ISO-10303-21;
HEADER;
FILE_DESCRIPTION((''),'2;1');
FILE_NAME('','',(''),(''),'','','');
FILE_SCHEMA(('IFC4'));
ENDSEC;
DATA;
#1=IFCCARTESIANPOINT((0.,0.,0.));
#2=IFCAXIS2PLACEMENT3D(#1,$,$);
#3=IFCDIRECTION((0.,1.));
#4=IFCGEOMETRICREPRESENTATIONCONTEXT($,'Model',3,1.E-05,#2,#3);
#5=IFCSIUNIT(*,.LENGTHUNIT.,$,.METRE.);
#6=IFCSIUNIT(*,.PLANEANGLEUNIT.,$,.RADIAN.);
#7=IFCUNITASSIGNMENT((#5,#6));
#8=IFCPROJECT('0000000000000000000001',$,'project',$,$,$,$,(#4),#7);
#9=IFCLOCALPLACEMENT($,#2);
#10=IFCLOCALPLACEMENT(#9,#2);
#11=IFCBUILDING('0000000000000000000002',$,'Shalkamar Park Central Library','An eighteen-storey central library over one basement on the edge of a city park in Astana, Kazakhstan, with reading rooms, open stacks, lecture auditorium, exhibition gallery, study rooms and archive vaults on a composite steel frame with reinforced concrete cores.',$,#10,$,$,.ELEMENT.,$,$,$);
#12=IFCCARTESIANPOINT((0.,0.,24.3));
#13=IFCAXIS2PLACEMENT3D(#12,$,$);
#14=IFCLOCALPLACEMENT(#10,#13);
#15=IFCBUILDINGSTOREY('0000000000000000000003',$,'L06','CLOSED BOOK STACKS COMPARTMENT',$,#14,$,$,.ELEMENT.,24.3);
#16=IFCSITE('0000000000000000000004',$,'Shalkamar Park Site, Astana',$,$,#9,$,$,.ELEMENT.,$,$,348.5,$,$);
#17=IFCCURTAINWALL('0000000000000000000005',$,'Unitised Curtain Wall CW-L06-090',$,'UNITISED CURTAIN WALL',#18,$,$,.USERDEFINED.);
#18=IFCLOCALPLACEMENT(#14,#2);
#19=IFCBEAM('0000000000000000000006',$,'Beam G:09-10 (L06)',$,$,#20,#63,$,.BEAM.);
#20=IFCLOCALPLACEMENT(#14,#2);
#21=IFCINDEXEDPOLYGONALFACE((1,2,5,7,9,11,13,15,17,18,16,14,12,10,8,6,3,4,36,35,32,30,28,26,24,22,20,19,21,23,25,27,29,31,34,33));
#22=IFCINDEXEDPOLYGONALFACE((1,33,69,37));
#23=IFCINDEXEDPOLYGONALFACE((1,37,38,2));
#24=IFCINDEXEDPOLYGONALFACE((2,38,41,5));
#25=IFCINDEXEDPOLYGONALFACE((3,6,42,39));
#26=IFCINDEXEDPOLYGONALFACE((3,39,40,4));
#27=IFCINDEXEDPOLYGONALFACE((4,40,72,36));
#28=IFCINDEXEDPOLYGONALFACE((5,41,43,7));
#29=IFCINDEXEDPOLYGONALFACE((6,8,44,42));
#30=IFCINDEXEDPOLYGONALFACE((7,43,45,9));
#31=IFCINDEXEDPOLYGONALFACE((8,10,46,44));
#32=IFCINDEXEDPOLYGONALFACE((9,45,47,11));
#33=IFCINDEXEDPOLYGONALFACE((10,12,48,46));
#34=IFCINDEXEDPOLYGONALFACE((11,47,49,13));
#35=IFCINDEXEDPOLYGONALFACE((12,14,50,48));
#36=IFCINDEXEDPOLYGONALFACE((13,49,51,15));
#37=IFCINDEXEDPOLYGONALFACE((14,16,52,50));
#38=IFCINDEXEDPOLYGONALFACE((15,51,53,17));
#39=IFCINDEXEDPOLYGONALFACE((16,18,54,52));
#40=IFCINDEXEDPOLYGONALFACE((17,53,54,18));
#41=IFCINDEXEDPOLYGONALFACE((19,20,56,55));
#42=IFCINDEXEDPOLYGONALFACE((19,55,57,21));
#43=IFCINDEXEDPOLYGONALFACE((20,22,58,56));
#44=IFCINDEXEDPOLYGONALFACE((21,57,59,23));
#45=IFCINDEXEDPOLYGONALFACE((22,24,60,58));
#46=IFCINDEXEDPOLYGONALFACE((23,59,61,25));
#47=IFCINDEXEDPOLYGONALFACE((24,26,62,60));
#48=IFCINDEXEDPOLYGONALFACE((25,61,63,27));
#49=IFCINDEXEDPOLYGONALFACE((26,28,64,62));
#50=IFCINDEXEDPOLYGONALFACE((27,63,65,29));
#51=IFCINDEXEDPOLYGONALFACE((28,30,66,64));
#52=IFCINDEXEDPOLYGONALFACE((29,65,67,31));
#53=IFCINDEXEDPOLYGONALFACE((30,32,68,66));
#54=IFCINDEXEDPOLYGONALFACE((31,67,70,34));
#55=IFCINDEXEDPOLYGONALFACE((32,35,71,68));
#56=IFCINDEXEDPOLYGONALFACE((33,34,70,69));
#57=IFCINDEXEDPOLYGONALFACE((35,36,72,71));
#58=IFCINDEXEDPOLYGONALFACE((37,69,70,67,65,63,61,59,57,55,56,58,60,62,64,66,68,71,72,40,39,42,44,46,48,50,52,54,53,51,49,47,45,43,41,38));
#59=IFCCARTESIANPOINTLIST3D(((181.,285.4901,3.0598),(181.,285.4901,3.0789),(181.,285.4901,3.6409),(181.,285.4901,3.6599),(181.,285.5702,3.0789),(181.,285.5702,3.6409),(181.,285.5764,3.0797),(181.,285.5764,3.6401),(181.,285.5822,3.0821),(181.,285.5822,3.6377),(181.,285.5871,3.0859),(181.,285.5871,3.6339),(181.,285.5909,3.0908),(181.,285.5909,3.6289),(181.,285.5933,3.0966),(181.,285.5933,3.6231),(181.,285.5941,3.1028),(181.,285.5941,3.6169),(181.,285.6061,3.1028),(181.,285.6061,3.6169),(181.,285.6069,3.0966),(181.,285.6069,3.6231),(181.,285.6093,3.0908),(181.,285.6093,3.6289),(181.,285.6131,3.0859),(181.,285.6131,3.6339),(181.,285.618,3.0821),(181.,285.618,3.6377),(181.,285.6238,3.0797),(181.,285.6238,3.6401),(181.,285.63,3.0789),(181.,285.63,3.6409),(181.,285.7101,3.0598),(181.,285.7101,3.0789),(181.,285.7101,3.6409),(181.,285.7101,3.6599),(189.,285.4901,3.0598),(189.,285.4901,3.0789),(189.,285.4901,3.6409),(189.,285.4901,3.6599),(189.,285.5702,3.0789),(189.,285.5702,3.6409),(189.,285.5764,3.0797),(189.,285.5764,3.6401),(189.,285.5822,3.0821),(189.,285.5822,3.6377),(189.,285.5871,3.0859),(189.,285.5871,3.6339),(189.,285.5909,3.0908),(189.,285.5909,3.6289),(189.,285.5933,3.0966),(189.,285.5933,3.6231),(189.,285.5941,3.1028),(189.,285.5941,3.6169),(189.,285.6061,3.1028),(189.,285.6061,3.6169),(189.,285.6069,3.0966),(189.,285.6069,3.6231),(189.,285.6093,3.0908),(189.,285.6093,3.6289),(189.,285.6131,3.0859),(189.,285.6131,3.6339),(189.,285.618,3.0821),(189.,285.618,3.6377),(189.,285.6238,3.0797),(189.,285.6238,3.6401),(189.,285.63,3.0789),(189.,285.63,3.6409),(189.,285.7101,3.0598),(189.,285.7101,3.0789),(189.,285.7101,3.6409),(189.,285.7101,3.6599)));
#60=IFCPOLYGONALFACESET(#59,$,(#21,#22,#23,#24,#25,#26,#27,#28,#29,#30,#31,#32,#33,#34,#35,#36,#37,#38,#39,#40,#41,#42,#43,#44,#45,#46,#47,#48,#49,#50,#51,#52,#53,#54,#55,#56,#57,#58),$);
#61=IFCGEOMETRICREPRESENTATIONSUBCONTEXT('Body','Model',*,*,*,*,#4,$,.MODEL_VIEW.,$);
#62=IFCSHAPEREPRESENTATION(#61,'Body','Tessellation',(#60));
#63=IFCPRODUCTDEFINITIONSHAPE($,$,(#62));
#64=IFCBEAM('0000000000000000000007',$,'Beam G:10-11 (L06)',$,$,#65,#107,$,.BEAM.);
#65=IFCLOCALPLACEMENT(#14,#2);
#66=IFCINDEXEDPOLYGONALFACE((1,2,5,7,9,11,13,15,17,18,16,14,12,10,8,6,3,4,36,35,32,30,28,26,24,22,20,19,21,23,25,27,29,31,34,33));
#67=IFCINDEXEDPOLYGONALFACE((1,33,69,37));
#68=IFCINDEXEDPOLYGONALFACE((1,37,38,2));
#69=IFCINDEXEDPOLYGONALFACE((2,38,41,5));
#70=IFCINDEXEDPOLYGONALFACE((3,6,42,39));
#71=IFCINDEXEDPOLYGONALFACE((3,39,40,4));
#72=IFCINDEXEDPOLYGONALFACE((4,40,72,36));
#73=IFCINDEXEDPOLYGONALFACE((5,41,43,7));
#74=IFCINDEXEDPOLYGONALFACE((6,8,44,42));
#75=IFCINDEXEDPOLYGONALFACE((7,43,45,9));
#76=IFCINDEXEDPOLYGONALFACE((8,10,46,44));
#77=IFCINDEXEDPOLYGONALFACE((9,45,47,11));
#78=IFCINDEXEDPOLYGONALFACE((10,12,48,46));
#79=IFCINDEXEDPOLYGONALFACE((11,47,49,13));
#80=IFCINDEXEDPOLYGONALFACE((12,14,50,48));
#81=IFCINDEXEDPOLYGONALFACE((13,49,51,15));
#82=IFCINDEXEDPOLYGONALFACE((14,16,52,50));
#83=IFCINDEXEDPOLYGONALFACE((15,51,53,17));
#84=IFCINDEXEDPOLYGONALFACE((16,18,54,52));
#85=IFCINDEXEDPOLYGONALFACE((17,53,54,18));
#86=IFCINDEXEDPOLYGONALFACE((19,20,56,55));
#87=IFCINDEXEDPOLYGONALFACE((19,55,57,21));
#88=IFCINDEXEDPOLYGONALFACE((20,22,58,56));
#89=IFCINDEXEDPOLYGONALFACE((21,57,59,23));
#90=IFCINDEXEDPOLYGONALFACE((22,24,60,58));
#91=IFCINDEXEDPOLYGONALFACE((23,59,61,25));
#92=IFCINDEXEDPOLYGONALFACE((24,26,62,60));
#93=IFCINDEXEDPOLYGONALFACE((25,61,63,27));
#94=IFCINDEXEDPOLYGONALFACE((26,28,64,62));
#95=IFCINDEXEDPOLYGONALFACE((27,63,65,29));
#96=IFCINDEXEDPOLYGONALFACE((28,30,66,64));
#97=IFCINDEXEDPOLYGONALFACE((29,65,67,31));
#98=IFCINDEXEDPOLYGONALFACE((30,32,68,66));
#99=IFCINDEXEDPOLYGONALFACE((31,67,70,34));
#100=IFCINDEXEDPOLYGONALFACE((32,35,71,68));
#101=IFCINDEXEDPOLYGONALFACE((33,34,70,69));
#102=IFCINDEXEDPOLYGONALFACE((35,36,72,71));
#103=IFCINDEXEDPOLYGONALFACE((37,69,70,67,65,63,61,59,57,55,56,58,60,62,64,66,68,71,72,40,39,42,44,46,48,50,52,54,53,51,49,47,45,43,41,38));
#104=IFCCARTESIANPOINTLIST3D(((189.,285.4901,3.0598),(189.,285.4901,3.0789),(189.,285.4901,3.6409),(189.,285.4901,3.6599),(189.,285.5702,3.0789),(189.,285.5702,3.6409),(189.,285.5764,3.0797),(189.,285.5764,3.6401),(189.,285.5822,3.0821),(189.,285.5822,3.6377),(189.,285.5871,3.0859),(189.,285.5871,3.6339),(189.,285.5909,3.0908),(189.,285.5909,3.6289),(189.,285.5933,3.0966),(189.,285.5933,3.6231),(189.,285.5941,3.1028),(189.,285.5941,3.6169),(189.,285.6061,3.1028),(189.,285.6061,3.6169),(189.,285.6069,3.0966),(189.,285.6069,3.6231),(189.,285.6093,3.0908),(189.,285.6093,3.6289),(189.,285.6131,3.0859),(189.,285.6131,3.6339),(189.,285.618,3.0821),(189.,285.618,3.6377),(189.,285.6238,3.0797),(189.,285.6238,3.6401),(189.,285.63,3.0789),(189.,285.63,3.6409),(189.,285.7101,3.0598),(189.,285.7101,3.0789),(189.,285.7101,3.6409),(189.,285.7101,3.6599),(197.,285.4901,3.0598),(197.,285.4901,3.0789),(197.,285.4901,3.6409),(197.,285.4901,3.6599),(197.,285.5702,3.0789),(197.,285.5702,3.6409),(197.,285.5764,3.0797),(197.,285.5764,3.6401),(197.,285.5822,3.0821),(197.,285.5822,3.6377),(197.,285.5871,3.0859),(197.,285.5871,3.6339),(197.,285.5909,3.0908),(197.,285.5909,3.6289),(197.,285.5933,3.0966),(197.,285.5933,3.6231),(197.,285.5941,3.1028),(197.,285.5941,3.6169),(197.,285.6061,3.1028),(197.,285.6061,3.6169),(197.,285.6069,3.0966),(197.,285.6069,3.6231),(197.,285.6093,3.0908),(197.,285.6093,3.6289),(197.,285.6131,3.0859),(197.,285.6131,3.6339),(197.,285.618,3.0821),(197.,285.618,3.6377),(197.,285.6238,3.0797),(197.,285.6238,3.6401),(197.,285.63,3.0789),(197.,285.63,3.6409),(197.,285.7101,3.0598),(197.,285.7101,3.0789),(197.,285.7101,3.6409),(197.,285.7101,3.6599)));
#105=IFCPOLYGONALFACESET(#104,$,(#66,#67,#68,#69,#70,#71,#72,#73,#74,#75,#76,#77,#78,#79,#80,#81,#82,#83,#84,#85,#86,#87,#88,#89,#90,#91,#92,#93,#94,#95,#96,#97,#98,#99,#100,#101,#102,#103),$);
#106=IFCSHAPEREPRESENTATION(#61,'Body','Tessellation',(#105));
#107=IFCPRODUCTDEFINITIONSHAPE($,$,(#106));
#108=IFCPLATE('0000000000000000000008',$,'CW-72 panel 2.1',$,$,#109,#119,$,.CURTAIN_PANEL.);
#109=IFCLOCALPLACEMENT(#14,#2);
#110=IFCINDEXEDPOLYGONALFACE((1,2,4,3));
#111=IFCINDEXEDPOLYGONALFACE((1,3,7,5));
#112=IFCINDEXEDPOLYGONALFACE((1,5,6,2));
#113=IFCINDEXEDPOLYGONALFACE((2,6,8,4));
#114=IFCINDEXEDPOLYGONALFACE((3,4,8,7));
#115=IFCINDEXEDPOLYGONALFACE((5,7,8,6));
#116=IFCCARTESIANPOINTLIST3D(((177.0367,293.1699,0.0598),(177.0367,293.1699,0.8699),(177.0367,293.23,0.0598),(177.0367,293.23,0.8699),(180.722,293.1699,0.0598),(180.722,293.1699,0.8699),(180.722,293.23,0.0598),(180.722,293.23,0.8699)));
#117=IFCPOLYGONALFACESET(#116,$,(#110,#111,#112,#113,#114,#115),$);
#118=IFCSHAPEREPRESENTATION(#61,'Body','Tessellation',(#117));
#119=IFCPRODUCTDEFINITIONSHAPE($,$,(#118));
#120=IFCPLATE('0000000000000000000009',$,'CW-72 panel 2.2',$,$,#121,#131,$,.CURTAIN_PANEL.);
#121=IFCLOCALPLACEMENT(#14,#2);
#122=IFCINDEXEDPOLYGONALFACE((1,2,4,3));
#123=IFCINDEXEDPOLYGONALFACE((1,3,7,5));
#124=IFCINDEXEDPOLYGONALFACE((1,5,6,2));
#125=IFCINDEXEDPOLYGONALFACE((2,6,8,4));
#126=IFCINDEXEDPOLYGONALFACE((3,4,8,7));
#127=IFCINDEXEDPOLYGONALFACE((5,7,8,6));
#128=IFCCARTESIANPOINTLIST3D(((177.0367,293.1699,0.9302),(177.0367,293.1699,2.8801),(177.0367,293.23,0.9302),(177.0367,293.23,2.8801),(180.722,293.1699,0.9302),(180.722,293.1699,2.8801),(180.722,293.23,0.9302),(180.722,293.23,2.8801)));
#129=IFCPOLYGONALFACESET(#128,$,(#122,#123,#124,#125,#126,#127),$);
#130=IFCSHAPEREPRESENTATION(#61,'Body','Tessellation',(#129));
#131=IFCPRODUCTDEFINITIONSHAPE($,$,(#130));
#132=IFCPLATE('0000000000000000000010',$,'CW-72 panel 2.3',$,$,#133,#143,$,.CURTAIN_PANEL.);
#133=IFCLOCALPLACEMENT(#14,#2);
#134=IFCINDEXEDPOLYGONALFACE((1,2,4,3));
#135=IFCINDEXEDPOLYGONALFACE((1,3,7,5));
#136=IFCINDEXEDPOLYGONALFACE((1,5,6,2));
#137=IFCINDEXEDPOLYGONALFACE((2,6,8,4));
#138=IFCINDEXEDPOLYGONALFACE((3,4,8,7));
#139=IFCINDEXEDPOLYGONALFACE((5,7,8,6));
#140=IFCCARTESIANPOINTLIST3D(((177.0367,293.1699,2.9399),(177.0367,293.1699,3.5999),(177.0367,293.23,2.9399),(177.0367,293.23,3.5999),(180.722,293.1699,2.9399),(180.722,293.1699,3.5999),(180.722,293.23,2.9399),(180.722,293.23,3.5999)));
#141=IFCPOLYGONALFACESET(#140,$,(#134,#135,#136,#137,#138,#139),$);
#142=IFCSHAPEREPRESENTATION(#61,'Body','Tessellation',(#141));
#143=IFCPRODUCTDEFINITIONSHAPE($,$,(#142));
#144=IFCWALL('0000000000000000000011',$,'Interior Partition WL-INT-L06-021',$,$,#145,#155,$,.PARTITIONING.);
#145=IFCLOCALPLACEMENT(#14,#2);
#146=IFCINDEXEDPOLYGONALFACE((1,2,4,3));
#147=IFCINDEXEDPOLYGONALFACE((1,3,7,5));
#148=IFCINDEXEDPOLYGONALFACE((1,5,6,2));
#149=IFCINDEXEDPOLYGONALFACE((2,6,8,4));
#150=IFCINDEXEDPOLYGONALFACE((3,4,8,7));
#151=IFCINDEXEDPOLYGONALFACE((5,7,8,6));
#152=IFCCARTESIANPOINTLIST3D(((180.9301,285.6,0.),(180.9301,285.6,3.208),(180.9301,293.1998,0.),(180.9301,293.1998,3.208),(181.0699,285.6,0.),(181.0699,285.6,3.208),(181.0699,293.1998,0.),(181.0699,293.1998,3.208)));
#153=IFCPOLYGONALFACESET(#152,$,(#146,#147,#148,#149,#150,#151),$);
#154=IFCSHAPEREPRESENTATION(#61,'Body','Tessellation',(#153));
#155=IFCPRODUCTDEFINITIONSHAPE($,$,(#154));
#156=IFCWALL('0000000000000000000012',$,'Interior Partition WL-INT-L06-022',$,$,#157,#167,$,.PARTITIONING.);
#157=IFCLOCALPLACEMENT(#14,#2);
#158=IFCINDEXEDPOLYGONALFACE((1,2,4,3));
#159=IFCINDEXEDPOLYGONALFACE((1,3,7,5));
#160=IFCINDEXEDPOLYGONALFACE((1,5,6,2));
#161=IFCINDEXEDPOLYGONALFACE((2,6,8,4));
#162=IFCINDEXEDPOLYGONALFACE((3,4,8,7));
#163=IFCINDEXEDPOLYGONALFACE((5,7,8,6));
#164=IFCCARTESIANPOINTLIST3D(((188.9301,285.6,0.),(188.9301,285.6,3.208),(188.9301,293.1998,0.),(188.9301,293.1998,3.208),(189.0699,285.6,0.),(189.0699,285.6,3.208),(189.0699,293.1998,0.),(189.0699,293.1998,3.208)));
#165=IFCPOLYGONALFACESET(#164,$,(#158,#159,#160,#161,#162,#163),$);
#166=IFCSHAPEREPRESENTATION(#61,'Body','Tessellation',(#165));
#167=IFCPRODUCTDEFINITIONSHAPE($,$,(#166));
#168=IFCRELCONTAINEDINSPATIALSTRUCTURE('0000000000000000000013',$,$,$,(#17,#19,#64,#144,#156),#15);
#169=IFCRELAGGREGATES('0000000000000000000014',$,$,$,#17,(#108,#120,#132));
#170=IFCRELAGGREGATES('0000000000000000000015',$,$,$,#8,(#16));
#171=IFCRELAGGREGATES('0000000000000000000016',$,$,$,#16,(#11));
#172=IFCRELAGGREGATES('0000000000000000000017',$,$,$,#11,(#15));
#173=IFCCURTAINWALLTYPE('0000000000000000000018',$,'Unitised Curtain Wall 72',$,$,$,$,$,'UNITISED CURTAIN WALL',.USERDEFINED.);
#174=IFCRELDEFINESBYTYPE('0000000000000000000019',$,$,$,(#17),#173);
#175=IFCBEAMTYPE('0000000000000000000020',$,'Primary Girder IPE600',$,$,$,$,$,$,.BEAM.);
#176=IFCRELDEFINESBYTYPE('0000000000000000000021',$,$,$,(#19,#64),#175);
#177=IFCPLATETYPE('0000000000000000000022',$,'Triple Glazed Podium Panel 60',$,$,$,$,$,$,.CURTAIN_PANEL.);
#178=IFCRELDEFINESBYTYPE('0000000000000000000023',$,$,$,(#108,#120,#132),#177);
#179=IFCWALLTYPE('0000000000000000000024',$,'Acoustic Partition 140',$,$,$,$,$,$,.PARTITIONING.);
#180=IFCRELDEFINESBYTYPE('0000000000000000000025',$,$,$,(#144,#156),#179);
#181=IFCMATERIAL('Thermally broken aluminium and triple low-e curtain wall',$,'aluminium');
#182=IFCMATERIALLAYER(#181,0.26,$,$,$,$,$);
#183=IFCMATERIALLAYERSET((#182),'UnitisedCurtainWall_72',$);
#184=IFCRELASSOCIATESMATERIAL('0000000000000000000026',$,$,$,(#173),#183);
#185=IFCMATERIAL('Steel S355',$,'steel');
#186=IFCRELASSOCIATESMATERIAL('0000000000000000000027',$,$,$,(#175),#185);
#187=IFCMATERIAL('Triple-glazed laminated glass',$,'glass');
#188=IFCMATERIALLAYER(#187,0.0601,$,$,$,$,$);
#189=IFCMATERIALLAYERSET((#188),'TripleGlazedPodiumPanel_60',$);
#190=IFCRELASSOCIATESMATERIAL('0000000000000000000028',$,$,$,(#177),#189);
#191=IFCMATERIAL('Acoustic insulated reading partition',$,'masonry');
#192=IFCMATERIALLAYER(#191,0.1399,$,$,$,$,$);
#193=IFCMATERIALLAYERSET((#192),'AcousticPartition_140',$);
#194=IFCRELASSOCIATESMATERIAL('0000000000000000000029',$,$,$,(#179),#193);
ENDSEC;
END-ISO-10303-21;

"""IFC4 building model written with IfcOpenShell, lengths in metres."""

from ifc_helpers import new_model, si_unit, direction, frame, frame_2d, origin, origin_2d, place, context, subcontext, project, spatial, rectangle, i_section, extrude, material, layer, layer_set, material_profile, profile_set, type_object, element, aggregate, save


model = new_model("IFC4")

# Units and contexts
model_context = context("Model", 3, precision=1e-05, world=origin(), true_north=direction((0.0, 1.0)))
body_context = subcontext(model_context, "Body", "Model", "MODEL_VIEW")
ifc_project = project(units=[si_unit("LENGTHUNIT", "METRE"), si_unit("PLANEANGLEUNIT", "RADIAN")], contexts=[model_context])

# Site, building, storey
site_placement = place(None, origin())
site = spatial("IfcSite", under=ifc_project, at=site_placement, Name="Shalkamar Park Site, Astana", CompositionType="ELEMENT", RefElevation=348.5)
building_placement = place(site_placement, origin())
building = spatial("IfcBuilding", under=site, at=building_placement, Name="Shalkamar Park Central Library", Description="An eighteen-storey central library over one basement on the edge of a city park in Astana, Kazakhstan, with reading rooms, open stacks, lecture auditorium, exhibition gallery, study rooms and archive vaults on a composite steel frame with reinforced concrete cores.", CompositionType="ELEMENT")
storey_placement = place(building_placement, frame((0.0, 0.0, 24.3)))
storey = spatial("IfcBuildingStorey", under=building, at=storey_placement, Name="L06", Description="CLOSED BOOK STACKS COMPARTMENT", CompositionType="ELEMENT", Elevation=24.3)

# Shared definitions
ifc_material_1 = material(Name="Steel S355", Category="steel")

# Curtain wall
ifc_material_2 = material(Name="Thermally broken aluminium and triple low-e curtain wall", Category="aluminium")
ifc_layer_1 = layer(ifc_material_2, 0.26)
ifc_layer_set_1 = layer_set([ifc_layer_1], Name="UnitisedCurtainWall_72")
curtain_wall_type = type_object("IfcCurtainWallType", Name="Unitised Curtain Wall 72", ElementType="UNITISED CURTAIN WALL", PredefinedType="USERDEFINED", material=ifc_layer_set_1)
curtain_wall_placement = place(storey_placement, origin())
curtain_wall = element("IfcCurtainWall", 1, at=curtain_wall_placement, inside=storey, type_object=curtain_wall_type, Name="Unitised Curtain Wall CW-L06-090", ObjectType="UNITISED CURTAIN WALL", PredefinedType="USERDEFINED")

# Beams
ifc_material_profile_1 = material_profile(ifc_material_1, i_section(OverallWidth=0.22, OverallDepth=0.6001, WebThickness=0.012, FlangeThickness=0.019, FilletRadius=0.0239, at=origin_2d()), Name="IPE 600")
ifc_profile_set_1 = profile_set([ifc_material_profile_1], Name="Steel S355")
beam_type_1 = type_object("IfcBeamType", Name="Primary Girder IPE600", PredefinedType="BEAM", material=ifc_profile_set_1)
for number, where, z_axis, x_axis, name in (
    (2, (181.0, 285.6001, 3.3599), (1.0, 0.0, 0.0), (0.0, 1.0, 0.0), "Beam G:09-10 (L06)"),
    (3, (189.0, 285.6001, 3.3599), (1.0, 0.0, 0.0), (0.0, 1.0, 0.0), "Beam G:10-11 (L06)"),
):
    element("IfcBeam", number, at=place(storey_placement, frame(where, z_axis=z_axis, x_axis=x_axis)), inside=storey, type_object=beam_type_1, Name=name, PredefinedType="BEAM", context=body_context, shape_type="SweptSolid", body=[
        extrude(i_section(OverallWidth=0.22, OverallDepth=0.6001, WebThickness=0.012, FlangeThickness=0.019, FilletRadius=0.0239, at=origin_2d()), origin(), (0.0, 0.0, 1.0), 8.0),
    ])

# Plates
ifc_material_3 = material(Name="Triple-glazed laminated glass", Category="glass")
ifc_layer_2 = layer(ifc_material_3, 0.0601)
ifc_layer_set_2 = layer_set([ifc_layer_2], Name="TripleGlazedPodiumPanel_60")
plate_type = type_object("IfcPlateType", Name="Triple Glazed Podium Panel 60", PredefinedType="CURTAIN_PANEL", material=ifc_layer_set_2)
plate_1_placement = place(storey_placement, frame((178.8794, 293.2, 0.0598), z_axis=(0.0, 0.0, 1.0), x_axis=(1.0, 0.0, 0.0)))
plate_1 = element("IfcPlate", 4, at=plate_1_placement, type_object=plate_type, Name="CW-72 panel 2.1", PredefinedType="CURTAIN_PANEL", context=body_context, shape_type="SweptSolid", body=[
    extrude(rectangle(XDim=3.6853, YDim=0.0601, at=origin_2d()), origin(), (0.0, 0.0, 1.0), 0.8101),
])
plate_2_placement = place(storey_placement, frame((178.8794, 293.2, 0.9302), z_axis=(0.0, 0.0, 1.0), x_axis=(1.0, 0.0, 0.0)))
plate_2 = element("IfcPlate", 5, at=plate_2_placement, type_object=plate_type, Name="CW-72 panel 2.2", PredefinedType="CURTAIN_PANEL", context=body_context, shape_type="SweptSolid", body=[
    extrude(rectangle(XDim=3.6853, YDim=0.0601, at=origin_2d()), origin(), (0.0, 0.0, 1.0), 1.95),
])
plate_3_placement = place(storey_placement, frame((178.8794, 293.2, 2.9399), z_axis=(0.0, 0.0, 1.0), x_axis=(1.0, 0.0, 0.0)))
plate_3 = element("IfcPlate", 6, at=plate_3_placement, type_object=plate_type, Name="CW-72 panel 2.3", PredefinedType="CURTAIN_PANEL", context=body_context, shape_type="SweptSolid", body=[
    extrude(rectangle(XDim=3.6853, YDim=0.0601, at=origin_2d()), origin(), (0.0, 0.0, 1.0), 0.6599),
])
aggregate(curtain_wall, [plate_1, plate_2, plate_3])

# Walls
ifc_material_4 = material(Name="Acoustic insulated reading partition", Category="masonry")
ifc_layer_3 = layer(ifc_material_4, 0.1399)
ifc_layer_set_3 = layer_set([ifc_layer_3], Name="AcousticPartition_140")
wall_type = type_object("IfcWallType", Name="Acoustic Partition 140", PredefinedType="PARTITIONING", material=ifc_layer_set_3)
for number, where, z_axis, x_axis, name in (
    (7, (181.0, 285.6001, 0.0), (0.0, 0.0, 1.0), (0.0, 1.0, 0.0), "Interior Partition WL-INT-L06-021"),
    (8, (189.0, 285.6001, 0.0), (0.0, 0.0, 1.0), (0.0, 1.0, 0.0), "Interior Partition WL-INT-L06-022"),
):
    element("IfcWall", number, at=place(storey_placement, frame(where, z_axis=z_axis, x_axis=x_axis)), inside=storey, type_object=wall_type, Name=name, PredefinedType="PARTITIONING", context=body_context, shape_type="SweptSolid", body=[
        extrude(rectangle(XDim=7.5999, YDim=0.1399, at=frame_2d((3.7998, 0.0))), origin(), (0.0, 0.0, 1.0), 3.208),
    ])

save(model, "model.ifc")
